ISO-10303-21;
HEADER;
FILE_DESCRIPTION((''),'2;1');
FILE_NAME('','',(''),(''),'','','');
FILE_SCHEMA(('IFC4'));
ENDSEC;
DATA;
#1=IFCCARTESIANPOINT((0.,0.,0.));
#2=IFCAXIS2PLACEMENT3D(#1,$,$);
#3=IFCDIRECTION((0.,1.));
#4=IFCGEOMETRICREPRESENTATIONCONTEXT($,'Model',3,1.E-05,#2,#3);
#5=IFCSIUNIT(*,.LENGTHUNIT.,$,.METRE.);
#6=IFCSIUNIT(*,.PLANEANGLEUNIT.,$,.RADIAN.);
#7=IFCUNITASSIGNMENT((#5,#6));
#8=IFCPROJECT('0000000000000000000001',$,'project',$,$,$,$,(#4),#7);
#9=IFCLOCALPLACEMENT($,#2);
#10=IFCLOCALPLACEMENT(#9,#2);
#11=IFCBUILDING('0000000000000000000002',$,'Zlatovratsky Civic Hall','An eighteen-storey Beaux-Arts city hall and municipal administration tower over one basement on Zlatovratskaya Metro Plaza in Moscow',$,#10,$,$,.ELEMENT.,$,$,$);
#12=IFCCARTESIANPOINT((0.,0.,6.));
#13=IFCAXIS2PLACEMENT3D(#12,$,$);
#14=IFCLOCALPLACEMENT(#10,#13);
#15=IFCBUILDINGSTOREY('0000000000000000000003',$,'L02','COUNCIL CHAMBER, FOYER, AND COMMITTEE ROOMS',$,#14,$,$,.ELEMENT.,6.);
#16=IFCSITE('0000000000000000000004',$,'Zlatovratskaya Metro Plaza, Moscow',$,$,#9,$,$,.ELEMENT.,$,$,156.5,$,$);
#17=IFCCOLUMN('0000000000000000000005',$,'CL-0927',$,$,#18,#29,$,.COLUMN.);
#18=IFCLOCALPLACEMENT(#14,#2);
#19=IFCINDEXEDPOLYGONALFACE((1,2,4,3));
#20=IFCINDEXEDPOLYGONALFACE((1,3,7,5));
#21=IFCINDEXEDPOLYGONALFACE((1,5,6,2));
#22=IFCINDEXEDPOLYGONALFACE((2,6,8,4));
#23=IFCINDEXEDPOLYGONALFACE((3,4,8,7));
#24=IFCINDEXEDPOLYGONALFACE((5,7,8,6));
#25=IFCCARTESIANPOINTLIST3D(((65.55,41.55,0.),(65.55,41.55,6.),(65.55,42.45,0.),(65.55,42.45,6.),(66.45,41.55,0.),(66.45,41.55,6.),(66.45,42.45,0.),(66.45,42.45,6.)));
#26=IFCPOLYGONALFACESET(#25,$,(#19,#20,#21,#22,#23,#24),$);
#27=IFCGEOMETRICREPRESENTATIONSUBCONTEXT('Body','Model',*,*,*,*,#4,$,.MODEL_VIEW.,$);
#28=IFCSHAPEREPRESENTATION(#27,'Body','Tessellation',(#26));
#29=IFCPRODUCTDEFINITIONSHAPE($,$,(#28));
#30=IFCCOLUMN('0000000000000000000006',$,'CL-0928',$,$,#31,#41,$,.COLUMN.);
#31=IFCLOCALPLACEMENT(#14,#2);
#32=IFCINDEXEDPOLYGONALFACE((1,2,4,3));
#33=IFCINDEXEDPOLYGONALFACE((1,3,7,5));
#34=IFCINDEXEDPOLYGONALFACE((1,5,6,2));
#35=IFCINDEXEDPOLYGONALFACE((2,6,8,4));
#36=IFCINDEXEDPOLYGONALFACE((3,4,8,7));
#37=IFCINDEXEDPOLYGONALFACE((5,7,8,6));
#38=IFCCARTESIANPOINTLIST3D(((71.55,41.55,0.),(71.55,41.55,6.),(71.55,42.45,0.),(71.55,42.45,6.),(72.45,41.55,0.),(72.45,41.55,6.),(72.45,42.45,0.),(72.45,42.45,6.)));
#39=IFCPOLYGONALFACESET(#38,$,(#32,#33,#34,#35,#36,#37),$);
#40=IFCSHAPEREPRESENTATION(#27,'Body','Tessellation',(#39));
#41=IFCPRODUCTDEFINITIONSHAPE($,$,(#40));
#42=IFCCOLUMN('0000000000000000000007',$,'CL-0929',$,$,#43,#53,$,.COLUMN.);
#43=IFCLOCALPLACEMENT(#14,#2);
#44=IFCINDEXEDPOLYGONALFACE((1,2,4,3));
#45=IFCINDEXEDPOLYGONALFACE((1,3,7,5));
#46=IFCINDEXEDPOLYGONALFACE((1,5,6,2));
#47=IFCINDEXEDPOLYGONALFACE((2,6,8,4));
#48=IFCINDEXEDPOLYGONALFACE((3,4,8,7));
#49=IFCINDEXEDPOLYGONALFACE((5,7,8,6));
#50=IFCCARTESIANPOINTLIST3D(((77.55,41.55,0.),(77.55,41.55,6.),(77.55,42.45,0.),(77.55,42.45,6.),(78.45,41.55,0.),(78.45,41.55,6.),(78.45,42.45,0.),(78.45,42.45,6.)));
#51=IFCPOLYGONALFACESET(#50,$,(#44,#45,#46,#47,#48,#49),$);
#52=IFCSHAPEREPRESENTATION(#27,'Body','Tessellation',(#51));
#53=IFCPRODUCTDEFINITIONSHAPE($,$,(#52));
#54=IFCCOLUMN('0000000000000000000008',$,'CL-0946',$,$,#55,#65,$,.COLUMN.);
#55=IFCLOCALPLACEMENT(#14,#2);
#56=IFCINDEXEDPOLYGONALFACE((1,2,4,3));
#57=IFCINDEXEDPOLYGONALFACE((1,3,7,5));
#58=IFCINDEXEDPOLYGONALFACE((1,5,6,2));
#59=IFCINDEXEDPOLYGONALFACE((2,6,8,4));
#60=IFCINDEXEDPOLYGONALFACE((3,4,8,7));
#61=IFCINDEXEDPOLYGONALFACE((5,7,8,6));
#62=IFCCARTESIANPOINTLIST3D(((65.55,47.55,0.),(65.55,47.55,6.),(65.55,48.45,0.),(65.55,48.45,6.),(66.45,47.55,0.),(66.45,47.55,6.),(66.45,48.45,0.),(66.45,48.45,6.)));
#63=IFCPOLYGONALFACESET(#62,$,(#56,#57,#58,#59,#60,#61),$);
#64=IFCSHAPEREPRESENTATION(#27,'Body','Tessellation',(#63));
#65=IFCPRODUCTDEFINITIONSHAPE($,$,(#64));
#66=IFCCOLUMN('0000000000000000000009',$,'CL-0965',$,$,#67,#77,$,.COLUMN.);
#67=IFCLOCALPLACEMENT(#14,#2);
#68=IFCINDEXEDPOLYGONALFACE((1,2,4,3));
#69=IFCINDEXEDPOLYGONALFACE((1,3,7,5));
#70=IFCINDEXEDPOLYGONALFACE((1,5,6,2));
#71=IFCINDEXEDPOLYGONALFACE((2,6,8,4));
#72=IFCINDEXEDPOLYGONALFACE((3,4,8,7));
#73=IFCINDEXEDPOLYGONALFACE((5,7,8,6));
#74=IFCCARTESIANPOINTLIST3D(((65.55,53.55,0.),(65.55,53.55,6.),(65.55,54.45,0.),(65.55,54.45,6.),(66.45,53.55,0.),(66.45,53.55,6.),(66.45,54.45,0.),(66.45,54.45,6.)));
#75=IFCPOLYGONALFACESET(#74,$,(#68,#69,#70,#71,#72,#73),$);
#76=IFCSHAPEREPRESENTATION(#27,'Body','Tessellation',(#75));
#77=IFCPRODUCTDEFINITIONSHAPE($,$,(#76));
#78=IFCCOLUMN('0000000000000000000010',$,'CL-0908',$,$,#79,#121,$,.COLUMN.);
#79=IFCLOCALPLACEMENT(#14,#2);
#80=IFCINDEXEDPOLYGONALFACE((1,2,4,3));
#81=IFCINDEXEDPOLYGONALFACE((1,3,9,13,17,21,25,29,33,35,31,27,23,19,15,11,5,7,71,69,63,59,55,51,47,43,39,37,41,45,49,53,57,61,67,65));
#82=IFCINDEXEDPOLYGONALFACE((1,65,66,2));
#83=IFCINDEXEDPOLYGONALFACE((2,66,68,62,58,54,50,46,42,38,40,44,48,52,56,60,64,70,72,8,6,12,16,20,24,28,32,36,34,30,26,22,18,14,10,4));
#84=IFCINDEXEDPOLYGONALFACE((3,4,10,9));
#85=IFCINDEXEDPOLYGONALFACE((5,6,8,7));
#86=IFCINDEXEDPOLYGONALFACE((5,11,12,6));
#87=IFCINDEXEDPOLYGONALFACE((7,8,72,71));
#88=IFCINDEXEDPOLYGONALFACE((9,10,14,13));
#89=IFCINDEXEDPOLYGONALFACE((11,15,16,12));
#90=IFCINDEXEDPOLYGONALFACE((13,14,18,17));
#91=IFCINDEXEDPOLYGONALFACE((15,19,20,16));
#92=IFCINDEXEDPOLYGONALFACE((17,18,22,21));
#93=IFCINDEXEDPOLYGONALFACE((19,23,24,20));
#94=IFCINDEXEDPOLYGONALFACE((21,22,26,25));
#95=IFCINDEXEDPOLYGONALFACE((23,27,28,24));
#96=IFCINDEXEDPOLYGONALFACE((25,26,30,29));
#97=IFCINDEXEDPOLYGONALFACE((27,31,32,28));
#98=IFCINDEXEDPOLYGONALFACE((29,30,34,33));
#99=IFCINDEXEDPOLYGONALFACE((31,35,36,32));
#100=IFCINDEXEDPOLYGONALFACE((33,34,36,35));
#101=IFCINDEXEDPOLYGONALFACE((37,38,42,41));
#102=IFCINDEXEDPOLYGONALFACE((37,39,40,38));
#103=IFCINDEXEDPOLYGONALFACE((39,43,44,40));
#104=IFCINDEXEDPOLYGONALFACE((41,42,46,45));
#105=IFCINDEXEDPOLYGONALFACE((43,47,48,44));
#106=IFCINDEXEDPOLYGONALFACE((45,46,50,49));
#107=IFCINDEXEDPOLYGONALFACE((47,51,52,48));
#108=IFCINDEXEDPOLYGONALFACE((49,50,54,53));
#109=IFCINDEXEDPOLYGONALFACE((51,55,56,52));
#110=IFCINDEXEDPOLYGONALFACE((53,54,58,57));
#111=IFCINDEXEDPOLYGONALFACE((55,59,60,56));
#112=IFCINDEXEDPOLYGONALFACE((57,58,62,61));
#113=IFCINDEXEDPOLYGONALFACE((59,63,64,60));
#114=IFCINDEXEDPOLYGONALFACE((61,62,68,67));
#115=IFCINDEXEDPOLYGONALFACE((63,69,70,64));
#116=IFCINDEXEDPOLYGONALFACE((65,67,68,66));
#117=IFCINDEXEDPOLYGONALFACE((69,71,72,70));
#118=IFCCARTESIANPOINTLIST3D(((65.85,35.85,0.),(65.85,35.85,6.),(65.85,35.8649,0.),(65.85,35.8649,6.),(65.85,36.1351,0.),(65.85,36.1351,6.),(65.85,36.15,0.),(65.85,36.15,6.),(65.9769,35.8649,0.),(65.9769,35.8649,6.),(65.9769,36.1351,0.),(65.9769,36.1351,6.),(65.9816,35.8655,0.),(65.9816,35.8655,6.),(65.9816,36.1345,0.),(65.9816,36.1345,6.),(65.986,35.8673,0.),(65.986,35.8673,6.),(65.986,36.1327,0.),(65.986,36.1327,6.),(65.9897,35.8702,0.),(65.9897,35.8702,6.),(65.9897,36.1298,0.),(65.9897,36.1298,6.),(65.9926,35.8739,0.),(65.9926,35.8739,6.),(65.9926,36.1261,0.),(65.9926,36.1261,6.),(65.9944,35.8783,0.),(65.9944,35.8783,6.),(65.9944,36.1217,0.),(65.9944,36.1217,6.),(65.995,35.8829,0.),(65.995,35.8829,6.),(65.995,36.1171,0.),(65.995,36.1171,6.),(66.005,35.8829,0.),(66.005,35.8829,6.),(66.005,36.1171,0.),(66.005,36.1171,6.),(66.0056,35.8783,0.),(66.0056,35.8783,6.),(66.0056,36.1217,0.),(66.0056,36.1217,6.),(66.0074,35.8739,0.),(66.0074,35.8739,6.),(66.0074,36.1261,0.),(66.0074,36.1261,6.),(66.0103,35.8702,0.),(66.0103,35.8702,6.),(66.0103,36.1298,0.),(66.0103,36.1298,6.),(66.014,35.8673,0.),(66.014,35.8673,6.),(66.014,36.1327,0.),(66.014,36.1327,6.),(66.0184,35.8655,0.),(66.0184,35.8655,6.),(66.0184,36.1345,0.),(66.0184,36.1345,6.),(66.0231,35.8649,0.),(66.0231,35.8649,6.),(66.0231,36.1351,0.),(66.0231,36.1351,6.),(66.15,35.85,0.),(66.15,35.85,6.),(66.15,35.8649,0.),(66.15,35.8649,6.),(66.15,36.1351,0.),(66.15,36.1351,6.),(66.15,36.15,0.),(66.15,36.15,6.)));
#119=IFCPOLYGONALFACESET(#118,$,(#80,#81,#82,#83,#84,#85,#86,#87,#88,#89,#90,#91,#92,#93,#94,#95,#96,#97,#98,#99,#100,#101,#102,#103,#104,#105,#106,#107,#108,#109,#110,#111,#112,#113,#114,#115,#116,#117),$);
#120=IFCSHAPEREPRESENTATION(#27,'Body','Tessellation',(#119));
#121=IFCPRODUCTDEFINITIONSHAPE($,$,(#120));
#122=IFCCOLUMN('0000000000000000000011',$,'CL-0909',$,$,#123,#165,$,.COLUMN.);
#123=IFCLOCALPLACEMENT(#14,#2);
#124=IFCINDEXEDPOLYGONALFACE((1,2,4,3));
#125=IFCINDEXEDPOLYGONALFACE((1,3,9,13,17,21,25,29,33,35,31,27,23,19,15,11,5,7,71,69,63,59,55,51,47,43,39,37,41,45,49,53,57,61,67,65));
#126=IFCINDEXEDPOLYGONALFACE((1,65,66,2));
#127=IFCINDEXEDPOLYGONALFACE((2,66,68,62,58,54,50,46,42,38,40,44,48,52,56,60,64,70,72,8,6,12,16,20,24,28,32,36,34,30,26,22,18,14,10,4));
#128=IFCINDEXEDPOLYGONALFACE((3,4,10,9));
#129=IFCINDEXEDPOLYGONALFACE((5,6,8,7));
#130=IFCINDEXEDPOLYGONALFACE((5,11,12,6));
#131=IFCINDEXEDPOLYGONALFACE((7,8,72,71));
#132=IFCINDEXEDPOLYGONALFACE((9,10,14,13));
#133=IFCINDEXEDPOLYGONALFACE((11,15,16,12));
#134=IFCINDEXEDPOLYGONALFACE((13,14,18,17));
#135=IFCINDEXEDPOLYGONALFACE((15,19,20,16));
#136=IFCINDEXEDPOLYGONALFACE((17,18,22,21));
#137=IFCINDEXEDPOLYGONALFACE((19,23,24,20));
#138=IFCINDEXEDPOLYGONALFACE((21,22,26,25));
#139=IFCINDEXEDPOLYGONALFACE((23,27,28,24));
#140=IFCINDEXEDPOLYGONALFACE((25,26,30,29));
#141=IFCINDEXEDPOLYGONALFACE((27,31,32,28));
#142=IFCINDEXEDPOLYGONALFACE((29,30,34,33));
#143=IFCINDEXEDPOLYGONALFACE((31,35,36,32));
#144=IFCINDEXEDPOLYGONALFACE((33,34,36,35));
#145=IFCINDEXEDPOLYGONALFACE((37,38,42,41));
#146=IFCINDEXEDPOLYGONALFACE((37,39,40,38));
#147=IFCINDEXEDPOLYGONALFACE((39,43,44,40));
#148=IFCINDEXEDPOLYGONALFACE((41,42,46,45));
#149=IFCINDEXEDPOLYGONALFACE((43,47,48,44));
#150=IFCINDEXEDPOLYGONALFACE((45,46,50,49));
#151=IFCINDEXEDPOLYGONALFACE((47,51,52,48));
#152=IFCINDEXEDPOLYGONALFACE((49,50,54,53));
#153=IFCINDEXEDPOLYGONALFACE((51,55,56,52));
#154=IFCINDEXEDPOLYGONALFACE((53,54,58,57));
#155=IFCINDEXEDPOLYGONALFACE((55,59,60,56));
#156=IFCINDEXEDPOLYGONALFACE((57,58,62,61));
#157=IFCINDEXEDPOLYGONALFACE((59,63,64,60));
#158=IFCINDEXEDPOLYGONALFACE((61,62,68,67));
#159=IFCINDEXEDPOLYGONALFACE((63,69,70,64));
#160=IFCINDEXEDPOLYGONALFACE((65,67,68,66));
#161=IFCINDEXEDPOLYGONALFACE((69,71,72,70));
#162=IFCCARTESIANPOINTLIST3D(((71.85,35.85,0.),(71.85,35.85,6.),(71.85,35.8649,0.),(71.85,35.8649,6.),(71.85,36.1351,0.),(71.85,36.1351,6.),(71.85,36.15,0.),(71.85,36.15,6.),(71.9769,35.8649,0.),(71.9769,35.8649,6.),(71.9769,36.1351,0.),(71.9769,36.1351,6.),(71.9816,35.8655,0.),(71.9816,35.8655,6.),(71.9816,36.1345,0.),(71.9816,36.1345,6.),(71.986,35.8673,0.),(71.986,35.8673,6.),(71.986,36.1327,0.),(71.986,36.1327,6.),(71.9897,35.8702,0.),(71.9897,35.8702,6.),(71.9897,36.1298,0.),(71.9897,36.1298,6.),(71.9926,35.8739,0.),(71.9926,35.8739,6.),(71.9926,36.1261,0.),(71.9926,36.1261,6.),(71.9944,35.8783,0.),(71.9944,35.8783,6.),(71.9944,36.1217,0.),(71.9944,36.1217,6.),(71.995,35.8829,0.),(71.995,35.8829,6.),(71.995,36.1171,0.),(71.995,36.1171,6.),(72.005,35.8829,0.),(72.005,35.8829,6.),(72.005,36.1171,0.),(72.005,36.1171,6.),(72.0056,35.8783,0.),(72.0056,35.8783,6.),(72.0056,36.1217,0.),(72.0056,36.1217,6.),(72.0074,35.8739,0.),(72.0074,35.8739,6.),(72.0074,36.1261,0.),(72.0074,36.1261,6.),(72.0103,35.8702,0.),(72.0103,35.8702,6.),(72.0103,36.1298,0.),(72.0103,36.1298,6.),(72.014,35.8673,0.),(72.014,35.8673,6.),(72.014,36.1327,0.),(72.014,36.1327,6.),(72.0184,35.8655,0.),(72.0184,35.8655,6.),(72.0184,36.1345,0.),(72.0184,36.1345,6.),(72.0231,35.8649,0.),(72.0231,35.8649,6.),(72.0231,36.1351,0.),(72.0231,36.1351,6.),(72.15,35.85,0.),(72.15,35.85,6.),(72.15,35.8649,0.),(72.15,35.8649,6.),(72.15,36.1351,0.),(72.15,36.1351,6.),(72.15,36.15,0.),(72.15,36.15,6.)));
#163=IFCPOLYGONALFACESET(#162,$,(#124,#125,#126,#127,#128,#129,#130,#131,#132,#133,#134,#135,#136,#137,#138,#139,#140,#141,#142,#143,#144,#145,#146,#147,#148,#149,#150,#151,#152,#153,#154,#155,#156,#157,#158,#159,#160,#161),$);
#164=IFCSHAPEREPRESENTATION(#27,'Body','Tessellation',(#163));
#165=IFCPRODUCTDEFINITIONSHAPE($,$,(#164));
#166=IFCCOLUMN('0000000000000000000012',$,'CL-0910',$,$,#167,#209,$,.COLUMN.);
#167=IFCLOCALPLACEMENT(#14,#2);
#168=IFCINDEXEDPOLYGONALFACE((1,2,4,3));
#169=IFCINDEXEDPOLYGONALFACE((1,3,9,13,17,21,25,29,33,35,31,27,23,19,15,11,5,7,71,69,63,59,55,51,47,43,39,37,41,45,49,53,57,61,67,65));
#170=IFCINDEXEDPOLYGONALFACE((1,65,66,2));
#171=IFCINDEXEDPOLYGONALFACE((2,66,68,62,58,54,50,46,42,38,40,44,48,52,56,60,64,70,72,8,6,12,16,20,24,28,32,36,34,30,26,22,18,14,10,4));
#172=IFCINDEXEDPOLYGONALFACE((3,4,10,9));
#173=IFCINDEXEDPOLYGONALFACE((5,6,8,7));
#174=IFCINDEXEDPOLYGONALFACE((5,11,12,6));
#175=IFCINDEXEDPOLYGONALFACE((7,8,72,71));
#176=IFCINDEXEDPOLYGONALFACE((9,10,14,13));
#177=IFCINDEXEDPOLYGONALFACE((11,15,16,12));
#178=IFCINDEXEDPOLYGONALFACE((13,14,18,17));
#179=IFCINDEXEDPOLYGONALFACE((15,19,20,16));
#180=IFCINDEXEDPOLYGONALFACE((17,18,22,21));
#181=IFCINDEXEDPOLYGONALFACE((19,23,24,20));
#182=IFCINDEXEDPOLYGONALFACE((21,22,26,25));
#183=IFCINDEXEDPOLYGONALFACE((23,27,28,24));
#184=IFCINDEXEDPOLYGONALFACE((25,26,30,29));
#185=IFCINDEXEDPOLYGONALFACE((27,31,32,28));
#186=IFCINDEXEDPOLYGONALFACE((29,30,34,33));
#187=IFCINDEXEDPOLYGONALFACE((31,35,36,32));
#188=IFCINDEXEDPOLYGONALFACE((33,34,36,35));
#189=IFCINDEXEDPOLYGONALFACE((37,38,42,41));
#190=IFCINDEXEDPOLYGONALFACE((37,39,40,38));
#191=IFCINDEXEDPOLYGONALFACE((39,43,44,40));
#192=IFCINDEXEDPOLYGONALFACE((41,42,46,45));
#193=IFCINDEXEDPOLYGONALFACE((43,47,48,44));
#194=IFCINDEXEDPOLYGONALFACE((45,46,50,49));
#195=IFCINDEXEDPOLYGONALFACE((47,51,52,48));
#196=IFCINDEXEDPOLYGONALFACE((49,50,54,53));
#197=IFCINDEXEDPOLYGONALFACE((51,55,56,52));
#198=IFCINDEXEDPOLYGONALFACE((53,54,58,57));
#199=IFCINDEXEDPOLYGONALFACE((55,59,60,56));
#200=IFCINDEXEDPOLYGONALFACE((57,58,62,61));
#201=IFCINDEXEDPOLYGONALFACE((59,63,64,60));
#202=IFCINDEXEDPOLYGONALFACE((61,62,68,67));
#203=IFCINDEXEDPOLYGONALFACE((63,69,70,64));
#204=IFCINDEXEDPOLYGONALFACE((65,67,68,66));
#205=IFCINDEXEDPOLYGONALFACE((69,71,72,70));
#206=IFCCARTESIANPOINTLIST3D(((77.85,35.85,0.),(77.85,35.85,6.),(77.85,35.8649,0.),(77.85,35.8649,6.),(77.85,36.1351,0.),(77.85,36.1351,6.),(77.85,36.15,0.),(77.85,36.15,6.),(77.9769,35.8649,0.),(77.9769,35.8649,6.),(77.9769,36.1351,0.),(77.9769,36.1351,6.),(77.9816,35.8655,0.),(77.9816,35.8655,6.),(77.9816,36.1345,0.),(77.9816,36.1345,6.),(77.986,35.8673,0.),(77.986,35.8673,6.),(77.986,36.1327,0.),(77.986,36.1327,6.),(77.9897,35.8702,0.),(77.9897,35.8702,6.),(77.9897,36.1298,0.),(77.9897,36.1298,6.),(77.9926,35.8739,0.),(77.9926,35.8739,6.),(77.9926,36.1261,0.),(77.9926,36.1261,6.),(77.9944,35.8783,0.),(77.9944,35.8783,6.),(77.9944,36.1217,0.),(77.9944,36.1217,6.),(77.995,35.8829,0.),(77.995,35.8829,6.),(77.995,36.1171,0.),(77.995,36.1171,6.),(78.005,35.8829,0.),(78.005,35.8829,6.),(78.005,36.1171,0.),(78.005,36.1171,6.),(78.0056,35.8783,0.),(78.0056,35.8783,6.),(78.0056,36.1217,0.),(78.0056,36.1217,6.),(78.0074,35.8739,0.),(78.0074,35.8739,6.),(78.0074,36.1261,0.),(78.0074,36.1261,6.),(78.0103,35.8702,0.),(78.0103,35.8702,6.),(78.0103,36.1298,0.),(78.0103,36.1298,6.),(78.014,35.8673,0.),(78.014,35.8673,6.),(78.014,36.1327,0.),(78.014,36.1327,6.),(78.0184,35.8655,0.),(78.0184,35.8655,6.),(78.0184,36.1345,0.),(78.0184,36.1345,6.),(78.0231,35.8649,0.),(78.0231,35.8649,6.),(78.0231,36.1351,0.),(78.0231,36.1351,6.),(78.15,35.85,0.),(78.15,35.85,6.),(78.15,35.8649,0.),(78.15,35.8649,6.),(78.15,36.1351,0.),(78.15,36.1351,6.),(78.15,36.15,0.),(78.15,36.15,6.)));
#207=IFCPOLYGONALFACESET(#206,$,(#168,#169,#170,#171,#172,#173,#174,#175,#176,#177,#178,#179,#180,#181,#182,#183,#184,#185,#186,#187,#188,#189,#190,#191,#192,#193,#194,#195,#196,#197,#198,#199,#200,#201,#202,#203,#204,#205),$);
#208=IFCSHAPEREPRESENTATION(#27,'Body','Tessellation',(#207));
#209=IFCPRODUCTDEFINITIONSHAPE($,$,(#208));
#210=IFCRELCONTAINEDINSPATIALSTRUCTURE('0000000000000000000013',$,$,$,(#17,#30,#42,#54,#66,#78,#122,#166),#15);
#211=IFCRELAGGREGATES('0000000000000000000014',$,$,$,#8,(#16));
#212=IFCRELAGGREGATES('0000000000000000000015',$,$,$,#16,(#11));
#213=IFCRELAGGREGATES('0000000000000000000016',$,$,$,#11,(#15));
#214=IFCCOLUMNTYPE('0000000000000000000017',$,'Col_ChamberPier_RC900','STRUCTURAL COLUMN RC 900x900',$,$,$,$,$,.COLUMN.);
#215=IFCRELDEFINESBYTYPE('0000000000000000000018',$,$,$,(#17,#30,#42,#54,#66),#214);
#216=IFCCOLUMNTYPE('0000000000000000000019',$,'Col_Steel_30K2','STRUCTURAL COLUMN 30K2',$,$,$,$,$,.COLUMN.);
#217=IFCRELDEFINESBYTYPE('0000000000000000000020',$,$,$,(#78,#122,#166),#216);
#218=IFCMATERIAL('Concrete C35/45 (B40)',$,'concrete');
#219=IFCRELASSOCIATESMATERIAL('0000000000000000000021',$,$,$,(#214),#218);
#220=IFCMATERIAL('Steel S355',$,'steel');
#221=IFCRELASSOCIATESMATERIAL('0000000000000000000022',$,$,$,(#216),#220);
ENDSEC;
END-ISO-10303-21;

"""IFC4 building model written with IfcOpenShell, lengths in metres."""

from ifc_helpers import new_model, si_unit, direction, frame, origin, origin_2d, place, context, subcontext, project, spatial, rectangle, i_section, extrude, material, material_profile, profile_set, type_object, element, save


model = new_model("IFC4")

# Units and contexts
model_context = context("Model", 3, precision=1e-05, world=origin(), true_north=direction((0.0, 1.0)))
body_context = subcontext(model_context, "Body", "Model", "MODEL_VIEW")
ifc_project = project(units=[si_unit("LENGTHUNIT", "METRE"), si_unit("PLANEANGLEUNIT", "RADIAN")], contexts=[model_context])

# Site, building, storey
site_placement = place(None, origin())
site = spatial("IfcSite", under=ifc_project, at=site_placement, Name="Zlatovratskaya Metro Plaza, Moscow", CompositionType="ELEMENT", RefElevation=156.5)
building_placement = place(site_placement, origin())
building = spatial("IfcBuilding", under=site, at=building_placement, Name="Zlatovratsky Civic Hall", Description="An eighteen-storey Beaux-Arts city hall and municipal administration tower over one basement on Zlatovratskaya Metro Plaza in Moscow", CompositionType="ELEMENT")
storey_placement = place(building_placement, frame((0.0, 0.0, 6.0)))
storey = spatial("IfcBuildingStorey", under=building, at=storey_placement, Name="L02", Description="COUNCIL CHAMBER, FOYER, AND COMMITTEE ROOMS", CompositionType="ELEMENT", Elevation=6.0)

# Columns
ifc_material_1 = material(Name="Concrete C35/45 (B40)", Category="concrete")
ifc_material_profile_1 = material_profile(ifc_material_1, rectangle(XDim=0.8999, YDim=0.8999, at=origin_2d()), Name="RC 900x900")
ifc_profile_set_1 = profile_set([ifc_material_profile_1], Name="Concrete C35/45 (B40)")
column_type_1 = type_object("IfcColumnType", Name="Col_ChamberPier_RC900", Description="STRUCTURAL COLUMN RC 900x900", PredefinedType="COLUMN", material=ifc_profile_set_1)
for number, where, z_axis, x_axis, name in (
    (1, (66.0, 42.0, 0.0), (0.0, 0.0, 1.0), (1.0, 0.0, 0.0), "CL-0927"),
    (2, (72.0, 42.0, 0.0), (0.0, 0.0, 1.0), (1.0, 0.0, 0.0), "CL-0928"),
    (3, (78.0, 42.0, 0.0), (0.0, 0.0, 1.0), (1.0, 0.0, 0.0), "CL-0929"),
    (4, (66.0, 48.0, 0.0), (0.0, 0.0, 1.0), (1.0, 0.0, 0.0), "CL-0946"),
    (5, (66.0, 54.0, 0.0), (0.0, 0.0, 1.0), (1.0, 0.0, 0.0), "CL-0965"),
):
    element("IfcColumn", number, at=place(storey_placement, frame(where, z_axis=z_axis, x_axis=x_axis)), inside=storey, type_object=column_type_1, Name=name, PredefinedType="COLUMN", context=body_context, shape_type="SweptSolid", body=[
        extrude(rectangle(XDim=0.8999, YDim=0.8999, at=origin_2d()), origin(), (0.0, 0.0, 1.0), 6.0),
    ])
ifc_material_2 = material(Name="Steel S355", Category="steel")
ifc_material_profile_2 = material_profile(ifc_material_2, i_section(OverallWidth=0.3, OverallDepth=0.3, WebThickness=0.01, FlangeThickness=0.0149, FilletRadius=0.0181, at=origin_2d()), Name="30K2")
ifc_profile_set_2 = profile_set([ifc_material_profile_2], Name="Steel S355")
column_type_2 = type_object("IfcColumnType", Name="Col_Steel_30K2", Description="STRUCTURAL COLUMN 30K2", PredefinedType="COLUMN", material=ifc_profile_set_2)
for number, where, z_axis, x_axis, name in (
    (6, (66.0, 36.0, 0.0), (0.0, 0.0, 1.0), (1.0, 0.0, 0.0), "CL-0908"),
    (7, (72.0, 36.0, 0.0), (0.0, 0.0, 1.0), (1.0, 0.0, 0.0), "CL-0909"),
    (8, (78.0, 36.0, 0.0), (0.0, 0.0, 1.0), (1.0, 0.0, 0.0), "CL-0910"),
):
    element("IfcColumn", number, at=place(storey_placement, frame(where, z_axis=z_axis, x_axis=x_axis)), inside=storey, type_object=column_type_2, Name=name, PredefinedType="COLUMN", context=body_context, shape_type="SweptSolid", body=[
        extrude(i_section(OverallWidth=0.3, OverallDepth=0.3, WebThickness=0.01, FlangeThickness=0.0149, FilletRadius=0.0181, at=origin_2d()), origin(), (0.0, 0.0, 1.0), 6.0),
    ])

save(model, "model.ifc")
